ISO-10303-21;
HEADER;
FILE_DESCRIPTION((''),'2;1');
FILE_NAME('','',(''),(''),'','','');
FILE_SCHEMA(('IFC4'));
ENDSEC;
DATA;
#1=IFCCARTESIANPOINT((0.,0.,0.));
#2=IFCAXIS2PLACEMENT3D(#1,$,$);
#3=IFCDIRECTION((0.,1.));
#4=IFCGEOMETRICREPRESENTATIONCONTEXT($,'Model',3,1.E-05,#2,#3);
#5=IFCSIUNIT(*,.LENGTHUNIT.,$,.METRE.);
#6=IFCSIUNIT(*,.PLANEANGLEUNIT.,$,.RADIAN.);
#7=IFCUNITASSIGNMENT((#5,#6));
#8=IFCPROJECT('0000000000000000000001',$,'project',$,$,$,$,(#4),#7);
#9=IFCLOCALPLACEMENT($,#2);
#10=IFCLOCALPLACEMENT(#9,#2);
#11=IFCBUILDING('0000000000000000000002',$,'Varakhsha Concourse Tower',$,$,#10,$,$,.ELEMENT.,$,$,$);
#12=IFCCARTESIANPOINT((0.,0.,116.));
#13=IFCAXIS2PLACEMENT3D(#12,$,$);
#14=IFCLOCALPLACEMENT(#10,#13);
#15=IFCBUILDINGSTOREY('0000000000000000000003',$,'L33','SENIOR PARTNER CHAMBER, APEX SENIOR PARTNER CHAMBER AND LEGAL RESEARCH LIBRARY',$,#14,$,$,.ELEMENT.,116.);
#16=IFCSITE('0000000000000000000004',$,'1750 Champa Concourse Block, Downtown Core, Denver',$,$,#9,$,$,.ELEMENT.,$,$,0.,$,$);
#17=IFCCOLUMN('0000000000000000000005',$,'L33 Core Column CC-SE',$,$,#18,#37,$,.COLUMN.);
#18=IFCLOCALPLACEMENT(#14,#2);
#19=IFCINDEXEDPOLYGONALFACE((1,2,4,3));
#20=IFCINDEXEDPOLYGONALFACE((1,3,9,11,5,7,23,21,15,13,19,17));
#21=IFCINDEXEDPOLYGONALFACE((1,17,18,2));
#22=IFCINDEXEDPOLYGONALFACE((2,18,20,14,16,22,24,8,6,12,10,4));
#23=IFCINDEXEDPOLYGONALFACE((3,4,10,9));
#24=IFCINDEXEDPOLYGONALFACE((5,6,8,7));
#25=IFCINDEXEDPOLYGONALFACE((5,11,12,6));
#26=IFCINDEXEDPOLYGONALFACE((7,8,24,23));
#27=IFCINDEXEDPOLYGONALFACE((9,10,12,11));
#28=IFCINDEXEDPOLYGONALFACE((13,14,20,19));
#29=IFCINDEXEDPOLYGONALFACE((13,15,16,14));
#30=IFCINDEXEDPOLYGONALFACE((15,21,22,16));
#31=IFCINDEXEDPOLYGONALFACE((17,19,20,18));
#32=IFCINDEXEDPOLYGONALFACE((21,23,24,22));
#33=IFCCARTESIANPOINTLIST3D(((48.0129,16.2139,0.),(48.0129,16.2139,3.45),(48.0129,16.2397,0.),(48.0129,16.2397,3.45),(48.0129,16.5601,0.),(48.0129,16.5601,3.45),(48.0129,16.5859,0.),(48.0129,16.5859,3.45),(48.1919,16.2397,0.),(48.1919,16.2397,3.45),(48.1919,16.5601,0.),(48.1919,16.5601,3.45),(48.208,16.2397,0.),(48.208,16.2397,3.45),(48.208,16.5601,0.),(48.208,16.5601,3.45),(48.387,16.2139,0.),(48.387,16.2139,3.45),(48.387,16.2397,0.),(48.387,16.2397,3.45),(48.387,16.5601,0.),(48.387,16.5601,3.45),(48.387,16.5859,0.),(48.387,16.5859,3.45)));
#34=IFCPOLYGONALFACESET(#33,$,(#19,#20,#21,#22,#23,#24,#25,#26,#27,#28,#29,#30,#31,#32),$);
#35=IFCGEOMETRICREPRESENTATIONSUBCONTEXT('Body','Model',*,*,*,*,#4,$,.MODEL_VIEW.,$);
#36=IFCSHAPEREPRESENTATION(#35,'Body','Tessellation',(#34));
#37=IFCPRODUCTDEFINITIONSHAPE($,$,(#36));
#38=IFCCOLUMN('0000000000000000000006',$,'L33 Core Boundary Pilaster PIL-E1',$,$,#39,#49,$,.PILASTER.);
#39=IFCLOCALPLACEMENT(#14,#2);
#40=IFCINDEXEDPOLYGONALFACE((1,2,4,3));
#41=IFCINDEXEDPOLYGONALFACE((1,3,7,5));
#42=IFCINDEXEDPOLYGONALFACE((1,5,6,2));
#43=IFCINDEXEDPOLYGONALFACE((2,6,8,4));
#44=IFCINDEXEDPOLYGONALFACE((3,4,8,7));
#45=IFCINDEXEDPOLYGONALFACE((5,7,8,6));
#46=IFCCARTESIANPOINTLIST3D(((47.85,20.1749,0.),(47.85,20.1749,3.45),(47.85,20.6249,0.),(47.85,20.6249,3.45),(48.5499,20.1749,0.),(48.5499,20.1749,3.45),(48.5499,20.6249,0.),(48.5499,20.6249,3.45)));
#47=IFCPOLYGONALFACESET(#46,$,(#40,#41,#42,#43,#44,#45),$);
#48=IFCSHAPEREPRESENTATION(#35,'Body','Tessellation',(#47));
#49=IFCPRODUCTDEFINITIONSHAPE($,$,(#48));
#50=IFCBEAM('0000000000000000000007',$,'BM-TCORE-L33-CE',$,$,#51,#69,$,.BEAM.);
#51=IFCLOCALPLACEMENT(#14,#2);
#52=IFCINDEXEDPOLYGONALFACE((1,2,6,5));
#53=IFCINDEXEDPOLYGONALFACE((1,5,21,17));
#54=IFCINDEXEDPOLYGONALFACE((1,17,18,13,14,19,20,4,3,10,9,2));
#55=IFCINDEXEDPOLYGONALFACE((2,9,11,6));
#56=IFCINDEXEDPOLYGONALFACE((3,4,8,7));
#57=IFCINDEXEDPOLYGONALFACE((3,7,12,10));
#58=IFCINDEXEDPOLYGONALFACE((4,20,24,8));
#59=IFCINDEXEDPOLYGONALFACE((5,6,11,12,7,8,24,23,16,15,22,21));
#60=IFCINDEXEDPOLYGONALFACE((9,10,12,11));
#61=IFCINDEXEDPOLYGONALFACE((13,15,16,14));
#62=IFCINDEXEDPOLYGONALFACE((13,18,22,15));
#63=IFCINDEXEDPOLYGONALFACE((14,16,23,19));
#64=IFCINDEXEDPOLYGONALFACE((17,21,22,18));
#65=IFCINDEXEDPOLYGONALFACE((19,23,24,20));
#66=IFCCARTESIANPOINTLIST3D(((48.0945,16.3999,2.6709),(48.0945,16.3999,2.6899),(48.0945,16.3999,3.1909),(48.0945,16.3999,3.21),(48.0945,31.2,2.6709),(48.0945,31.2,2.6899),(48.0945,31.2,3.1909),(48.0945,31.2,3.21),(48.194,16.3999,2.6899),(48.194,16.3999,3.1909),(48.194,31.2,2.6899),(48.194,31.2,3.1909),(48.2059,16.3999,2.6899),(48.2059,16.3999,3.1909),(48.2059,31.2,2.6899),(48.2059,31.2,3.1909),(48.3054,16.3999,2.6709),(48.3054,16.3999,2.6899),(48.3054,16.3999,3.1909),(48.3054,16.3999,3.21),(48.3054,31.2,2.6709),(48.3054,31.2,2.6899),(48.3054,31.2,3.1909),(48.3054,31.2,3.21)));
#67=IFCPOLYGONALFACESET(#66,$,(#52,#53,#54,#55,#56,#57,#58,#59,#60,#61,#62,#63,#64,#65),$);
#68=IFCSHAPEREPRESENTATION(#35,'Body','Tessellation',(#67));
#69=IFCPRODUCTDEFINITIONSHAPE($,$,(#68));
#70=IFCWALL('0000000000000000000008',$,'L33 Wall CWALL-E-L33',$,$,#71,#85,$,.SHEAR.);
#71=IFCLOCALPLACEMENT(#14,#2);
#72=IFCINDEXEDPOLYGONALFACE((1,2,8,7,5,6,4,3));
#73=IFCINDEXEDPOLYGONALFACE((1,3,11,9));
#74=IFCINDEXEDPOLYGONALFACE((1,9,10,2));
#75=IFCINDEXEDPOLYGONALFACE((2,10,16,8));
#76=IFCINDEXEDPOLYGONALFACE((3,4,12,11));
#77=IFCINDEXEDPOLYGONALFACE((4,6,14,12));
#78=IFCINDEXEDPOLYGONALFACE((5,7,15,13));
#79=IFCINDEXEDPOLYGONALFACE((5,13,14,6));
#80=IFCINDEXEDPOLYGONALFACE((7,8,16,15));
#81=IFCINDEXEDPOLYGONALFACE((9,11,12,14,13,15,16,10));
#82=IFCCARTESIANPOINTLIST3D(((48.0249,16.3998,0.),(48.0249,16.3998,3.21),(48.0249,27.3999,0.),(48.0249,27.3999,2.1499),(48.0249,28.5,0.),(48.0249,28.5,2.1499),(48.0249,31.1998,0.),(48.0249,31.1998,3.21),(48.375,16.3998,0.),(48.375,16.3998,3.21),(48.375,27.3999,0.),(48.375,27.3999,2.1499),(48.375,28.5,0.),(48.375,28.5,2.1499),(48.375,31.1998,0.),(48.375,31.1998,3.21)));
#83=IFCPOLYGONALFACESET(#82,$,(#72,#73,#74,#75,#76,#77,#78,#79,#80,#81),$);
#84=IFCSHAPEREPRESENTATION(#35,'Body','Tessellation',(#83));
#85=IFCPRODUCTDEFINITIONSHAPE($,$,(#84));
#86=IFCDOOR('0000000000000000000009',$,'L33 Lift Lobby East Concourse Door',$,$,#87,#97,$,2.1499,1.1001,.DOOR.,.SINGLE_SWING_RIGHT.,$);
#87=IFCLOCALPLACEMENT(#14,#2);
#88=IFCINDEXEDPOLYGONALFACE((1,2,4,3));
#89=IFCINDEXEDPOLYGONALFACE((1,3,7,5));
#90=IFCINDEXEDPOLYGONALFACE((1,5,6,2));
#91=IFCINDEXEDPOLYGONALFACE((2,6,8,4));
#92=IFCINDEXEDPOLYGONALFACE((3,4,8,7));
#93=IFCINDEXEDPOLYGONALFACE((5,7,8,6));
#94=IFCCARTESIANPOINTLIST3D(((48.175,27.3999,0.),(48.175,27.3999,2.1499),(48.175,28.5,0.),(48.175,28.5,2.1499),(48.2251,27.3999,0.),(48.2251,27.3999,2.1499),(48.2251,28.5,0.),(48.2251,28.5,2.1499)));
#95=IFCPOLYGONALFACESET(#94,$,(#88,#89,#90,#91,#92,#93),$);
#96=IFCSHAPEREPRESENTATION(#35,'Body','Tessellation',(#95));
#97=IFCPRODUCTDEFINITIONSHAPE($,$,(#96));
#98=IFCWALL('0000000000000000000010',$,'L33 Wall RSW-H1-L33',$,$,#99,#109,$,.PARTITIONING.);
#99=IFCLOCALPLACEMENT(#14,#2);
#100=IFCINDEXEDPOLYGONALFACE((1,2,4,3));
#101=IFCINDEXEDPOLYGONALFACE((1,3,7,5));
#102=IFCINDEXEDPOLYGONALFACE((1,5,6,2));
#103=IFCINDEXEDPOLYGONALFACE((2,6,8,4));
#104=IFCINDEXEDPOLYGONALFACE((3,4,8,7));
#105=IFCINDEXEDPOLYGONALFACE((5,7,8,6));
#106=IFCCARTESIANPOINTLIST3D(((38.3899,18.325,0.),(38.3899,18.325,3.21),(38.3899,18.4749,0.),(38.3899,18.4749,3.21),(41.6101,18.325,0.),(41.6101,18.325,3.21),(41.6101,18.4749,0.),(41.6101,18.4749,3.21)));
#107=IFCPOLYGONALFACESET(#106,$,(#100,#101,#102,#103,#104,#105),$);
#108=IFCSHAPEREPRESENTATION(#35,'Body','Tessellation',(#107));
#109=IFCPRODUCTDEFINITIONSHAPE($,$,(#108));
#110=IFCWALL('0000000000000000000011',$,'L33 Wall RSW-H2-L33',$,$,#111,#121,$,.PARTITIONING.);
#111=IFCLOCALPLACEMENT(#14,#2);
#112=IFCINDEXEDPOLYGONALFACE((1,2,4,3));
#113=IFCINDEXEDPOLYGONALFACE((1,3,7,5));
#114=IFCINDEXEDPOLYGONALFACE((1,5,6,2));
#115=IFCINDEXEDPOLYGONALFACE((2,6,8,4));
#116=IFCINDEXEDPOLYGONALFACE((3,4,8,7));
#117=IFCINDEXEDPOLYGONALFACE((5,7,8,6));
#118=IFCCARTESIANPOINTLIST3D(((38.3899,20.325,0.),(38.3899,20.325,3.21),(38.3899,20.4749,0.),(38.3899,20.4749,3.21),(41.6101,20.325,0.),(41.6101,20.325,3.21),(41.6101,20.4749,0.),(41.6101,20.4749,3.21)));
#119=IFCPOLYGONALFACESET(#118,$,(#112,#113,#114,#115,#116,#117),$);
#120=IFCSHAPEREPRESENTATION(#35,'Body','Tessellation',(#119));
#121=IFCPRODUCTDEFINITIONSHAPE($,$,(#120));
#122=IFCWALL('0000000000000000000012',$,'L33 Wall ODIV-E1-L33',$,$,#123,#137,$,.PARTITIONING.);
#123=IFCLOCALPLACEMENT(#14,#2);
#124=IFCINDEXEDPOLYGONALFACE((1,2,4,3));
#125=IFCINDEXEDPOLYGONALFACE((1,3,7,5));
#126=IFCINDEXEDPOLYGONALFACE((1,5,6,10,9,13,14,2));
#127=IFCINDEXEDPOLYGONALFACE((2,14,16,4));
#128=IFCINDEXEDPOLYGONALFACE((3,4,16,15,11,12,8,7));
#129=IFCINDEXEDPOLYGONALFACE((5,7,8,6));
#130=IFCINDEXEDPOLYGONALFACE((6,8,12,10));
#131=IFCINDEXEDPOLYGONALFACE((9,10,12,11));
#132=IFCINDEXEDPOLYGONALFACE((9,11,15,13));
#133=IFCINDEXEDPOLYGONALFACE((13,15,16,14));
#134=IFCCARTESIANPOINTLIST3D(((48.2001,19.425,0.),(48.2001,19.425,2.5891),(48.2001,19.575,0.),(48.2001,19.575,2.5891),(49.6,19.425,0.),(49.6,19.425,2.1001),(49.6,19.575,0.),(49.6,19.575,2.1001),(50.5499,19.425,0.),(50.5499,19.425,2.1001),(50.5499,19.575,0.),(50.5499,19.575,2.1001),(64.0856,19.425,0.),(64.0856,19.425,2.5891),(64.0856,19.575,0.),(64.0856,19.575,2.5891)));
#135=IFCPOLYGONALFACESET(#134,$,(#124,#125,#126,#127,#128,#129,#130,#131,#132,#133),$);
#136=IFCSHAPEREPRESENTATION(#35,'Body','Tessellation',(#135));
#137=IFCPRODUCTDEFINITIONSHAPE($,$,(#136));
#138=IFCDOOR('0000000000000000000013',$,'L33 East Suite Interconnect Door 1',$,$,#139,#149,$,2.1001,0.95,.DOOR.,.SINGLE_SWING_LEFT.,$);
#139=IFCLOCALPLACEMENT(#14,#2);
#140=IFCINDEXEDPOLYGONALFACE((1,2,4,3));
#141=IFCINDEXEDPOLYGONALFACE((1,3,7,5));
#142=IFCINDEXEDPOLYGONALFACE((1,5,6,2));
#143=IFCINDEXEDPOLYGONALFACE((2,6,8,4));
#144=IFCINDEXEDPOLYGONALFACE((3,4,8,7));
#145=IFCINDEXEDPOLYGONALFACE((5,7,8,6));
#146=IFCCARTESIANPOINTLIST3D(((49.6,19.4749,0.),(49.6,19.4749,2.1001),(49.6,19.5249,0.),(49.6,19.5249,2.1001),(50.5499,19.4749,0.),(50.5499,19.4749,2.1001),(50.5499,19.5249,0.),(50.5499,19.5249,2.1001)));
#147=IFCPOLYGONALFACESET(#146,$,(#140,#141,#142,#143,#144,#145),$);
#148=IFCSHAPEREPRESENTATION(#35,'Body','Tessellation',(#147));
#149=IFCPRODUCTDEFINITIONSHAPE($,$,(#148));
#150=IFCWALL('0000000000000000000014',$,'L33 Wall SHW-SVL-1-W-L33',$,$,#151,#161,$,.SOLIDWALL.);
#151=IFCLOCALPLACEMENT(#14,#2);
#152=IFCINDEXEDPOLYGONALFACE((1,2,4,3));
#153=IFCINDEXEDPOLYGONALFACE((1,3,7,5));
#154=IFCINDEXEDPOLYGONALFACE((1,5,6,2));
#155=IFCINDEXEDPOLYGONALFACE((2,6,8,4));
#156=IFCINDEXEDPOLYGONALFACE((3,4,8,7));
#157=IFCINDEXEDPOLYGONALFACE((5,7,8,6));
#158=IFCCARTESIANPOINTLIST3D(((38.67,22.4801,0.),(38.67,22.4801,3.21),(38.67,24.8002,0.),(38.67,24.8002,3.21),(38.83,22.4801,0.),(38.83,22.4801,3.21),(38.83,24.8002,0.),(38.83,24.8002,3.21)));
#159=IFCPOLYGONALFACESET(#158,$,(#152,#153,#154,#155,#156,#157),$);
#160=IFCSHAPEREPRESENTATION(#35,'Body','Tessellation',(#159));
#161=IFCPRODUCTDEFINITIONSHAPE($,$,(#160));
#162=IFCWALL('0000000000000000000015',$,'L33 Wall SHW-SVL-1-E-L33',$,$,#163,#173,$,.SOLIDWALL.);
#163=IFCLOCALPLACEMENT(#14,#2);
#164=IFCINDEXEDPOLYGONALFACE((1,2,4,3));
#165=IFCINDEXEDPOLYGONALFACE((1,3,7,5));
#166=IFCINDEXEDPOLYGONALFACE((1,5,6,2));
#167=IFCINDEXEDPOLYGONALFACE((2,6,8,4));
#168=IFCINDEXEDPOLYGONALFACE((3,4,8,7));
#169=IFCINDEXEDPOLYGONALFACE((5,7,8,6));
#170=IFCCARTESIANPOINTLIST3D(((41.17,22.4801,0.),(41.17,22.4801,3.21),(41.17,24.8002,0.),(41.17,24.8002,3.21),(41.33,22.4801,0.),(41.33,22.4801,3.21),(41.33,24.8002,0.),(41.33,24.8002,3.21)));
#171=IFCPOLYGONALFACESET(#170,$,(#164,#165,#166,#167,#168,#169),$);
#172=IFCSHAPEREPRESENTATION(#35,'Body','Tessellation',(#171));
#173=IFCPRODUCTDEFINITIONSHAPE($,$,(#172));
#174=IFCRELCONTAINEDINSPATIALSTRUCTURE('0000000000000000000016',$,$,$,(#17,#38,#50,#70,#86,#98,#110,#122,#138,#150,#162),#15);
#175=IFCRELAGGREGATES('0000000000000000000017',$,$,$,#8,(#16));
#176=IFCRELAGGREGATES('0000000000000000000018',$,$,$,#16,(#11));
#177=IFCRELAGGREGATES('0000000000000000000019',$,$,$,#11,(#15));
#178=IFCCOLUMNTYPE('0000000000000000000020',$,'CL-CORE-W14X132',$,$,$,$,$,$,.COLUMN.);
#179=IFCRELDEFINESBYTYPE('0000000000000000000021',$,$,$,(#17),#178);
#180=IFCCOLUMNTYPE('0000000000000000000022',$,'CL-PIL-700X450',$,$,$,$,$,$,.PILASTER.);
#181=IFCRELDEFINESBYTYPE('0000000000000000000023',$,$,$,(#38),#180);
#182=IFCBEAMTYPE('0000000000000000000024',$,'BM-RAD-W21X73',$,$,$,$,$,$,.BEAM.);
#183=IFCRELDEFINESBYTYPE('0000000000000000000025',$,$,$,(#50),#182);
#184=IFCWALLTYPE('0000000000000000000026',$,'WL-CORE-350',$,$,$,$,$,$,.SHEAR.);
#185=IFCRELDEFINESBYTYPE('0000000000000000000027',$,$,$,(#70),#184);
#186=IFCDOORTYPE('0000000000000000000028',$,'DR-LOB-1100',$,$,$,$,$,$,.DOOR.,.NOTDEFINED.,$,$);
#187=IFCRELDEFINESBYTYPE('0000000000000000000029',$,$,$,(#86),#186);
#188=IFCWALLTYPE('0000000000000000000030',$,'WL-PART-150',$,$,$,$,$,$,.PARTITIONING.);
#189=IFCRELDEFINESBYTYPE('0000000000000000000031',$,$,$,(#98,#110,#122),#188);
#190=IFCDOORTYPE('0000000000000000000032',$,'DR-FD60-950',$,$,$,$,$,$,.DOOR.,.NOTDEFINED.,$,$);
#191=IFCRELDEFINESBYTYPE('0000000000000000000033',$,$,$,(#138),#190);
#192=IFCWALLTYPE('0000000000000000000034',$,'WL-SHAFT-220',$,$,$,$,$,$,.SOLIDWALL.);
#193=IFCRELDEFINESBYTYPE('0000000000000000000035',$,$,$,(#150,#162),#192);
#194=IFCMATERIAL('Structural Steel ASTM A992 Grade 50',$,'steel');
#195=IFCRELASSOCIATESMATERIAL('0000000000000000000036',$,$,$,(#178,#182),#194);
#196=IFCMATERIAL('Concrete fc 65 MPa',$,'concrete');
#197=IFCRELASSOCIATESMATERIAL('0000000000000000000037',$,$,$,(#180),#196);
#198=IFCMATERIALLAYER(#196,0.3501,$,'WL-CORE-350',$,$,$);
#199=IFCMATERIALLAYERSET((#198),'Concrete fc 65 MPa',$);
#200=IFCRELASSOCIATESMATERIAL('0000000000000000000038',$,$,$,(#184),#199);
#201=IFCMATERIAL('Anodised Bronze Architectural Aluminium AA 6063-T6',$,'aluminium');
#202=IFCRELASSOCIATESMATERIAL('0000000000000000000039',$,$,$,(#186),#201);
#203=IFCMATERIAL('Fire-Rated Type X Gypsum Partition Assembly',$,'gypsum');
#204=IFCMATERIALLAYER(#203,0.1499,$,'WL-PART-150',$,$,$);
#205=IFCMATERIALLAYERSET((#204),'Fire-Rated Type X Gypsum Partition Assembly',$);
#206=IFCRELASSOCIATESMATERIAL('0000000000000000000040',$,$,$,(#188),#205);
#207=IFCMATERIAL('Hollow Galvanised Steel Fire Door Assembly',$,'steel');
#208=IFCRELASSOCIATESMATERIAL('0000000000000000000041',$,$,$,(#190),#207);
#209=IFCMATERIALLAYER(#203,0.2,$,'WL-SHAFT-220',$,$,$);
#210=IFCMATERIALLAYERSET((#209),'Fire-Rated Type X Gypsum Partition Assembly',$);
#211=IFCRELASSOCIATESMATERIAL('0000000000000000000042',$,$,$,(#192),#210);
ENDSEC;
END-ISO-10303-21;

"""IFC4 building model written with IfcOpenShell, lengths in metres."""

from ifc_helpers import new_model, si_unit, direction, frame, frame_2d, origin, origin_2d, place, context, subcontext, project, spatial, rectangle, i_section, extrude, material, layer, layer_set, material_profile, profile_set, type_object, element, fill, save


model = new_model("IFC4")

# Units and contexts
model_context = context("Model", 3, precision=1e-05, world=origin(), true_north=direction((0.0, 1.0)))
body_context = subcontext(model_context, "Body", "Model", "MODEL_VIEW")
ifc_project = project(units=[si_unit("LENGTHUNIT", "METRE"), si_unit("PLANEANGLEUNIT", "RADIAN")], contexts=[model_context])

# Site, building, storey
site_placement = place(None, origin())
site = spatial("IfcSite", under=ifc_project, at=site_placement, Name="1750 Champa Concourse Block, Downtown Core, Denver", CompositionType="ELEMENT", RefElevation=0.0)
building_placement = place(site_placement, origin())
building = spatial("IfcBuilding", under=site, at=building_placement, Name="Varakhsha Concourse Tower", CompositionType="ELEMENT")
storey_placement = place(building_placement, frame((0.0, 0.0, 116.0)))
storey = spatial("IfcBuildingStorey", under=building, at=storey_placement, Name="L33", Description="SENIOR PARTNER CHAMBER, APEX SENIOR PARTNER CHAMBER AND LEGAL RESEARCH LIBRARY", CompositionType="ELEMENT", Elevation=116.0)

# Columns
ifc_material_1 = material(Name="Structural Steel ASTM A992 Grade 50", Category="steel")
ifc_material_profile_1 = material_profile(ifc_material_1, i_section(OverallWidth=0.374, OverallDepth=0.3721, WebThickness=0.0161, FlangeThickness=0.0259, at=origin_2d()), Name="W14X132")
ifc_profile_set_1 = profile_set([ifc_material_profile_1], Name="Structural Steel ASTM A992 Grade 50")
column_type_1 = type_object("IfcColumnType", Name="CL-CORE-W14X132", PredefinedType="COLUMN", material=ifc_profile_set_1)
column_1_placement = place(storey_placement, frame((48.2, 16.3999, 0.0), z_axis=(0.0, 0.0, 1.0), x_axis=(1.0, 0.0, 0.0)))
element("IfcColumn", 1, at=column_1_placement, inside=storey, type_object=column_type_1, Name="L33 Core Column CC-SE", PredefinedType="COLUMN", context=body_context, shape_type="SweptSolid", body=[
    extrude(i_section(OverallWidth=0.374, OverallDepth=0.3721, WebThickness=0.0161, FlangeThickness=0.0259, at=origin_2d()), origin(), (0.0, 0.0, 1.0), 3.45),
])
ifc_material_2 = material(Name="Concrete fc 65 MPa", Category="concrete")
ifc_material_profile_2 = material_profile(ifc_material_2, rectangle(XDim=0.7, YDim=0.45, at=origin_2d()), Name="RC 700x450")
ifc_profile_set_2 = profile_set([ifc_material_profile_2], Name="Concrete fc 65 MPa")
column_type_2 = type_object("IfcColumnType", Name="CL-PIL-700X450", PredefinedType="PILASTER", material=ifc_profile_set_2)
column_2_placement = place(storey_placement, frame((48.2, 20.3999, 0.0), z_axis=(0.0, 0.0, 1.0), x_axis=(1.0, 0.0, 0.0)))
element("IfcColumn", 2, at=column_2_placement, inside=storey, type_object=column_type_2, Name="L33 Core Boundary Pilaster PIL-E1", PredefinedType="PILASTER", context=body_context, shape_type="SweptSolid", body=[
    extrude(rectangle(XDim=0.7, YDim=0.45, at=origin_2d()), origin(), (0.0, 0.0, 1.0), 3.45),
])

# Beam
ifc_material_profile_3 = material_profile(ifc_material_1, i_section(OverallWidth=0.2109, OverallDepth=0.5391, WebThickness=0.012, FlangeThickness=0.019, at=origin_2d()), Name="W21X73")
ifc_profile_set_3 = profile_set([ifc_material_profile_3], Name="Structural Steel ASTM A992 Grade 50")
beam_type = type_object("IfcBeamType", Name="BM-RAD-W21X73", PredefinedType="BEAM", material=ifc_profile_set_3)
beam_placement = place(storey_placement, frame((48.2, 16.3999, 2.9404), z_axis=(0.0, 1.0, 0.0), x_axis=(-1.0, 0.0, 0.0)))
element("IfcBeam", 3, at=beam_placement, inside=storey, type_object=beam_type, Name="BM-TCORE-L33-CE", PredefinedType="BEAM", context=body_context, shape_type="SweptSolid", body=[
    extrude(i_section(OverallWidth=0.2109, OverallDepth=0.5391, WebThickness=0.012, FlangeThickness=0.019, at=origin_2d()), origin(), (0.0, 0.0, 1.0), 14.8),
])

# Wall, opening, door
ifc_layer_1 = layer(ifc_material_2, 0.3501, Name="WL-CORE-350")
ifc_layer_set_1 = layer_set([ifc_layer_1], Name="Concrete fc 65 MPa")
wall_type_1 = type_object("IfcWallType", Name="WL-CORE-350", PredefinedType="SHEAR", material=ifc_layer_set_1)
wall_1_placement = place(storey_placement, frame((48.2, 16.3999, 0.0), z_axis=(0.0, 0.0, 1.0), x_axis=(0.0, 1.0, 0.0)))
wall_1 = element("IfcWall", 4, at=wall_1_placement, inside=storey, type_object=wall_type_1, Name="L33 Wall CWALL-E-L33", PredefinedType="SHEAR", context=body_context, shape_type="SweptSolid", body=[
    extrude(rectangle(XDim=14.8, YDim=0.3501, at=frame_2d((7.3999, 0.0))), origin(), (0.0, 0.0, 1.0), 3.21),
])
opening_1_placement = place(wall_1_placement, frame((11.0, 0.0, 0.0)))
opening_1 = element("IfcOpeningElement", 5, at=opening_1_placement, cuts=wall_1, PredefinedType="OPENING", context=body_context, shape_type="SweptSolid", body=[
    extrude(rectangle(XDim=1.1001, YDim=2.1499, at=frame_2d((0.55, 1.075))), frame((0.0, 0.1851, 0.0), z_axis=(0.0, -1.0, 0.0), x_axis=(1.0, 0.0, 0.0)), (0.0, 0.0, 1.0), 0.3701),
])
ifc_material_3 = material(Name="Anodised Bronze Architectural Aluminium AA 6063-T6", Category="aluminium")
door_type_1 = type_object("IfcDoorType", Name="DR-LOB-1100", OperationType="NOTDEFINED", PredefinedType="DOOR", material=ifc_material_3)
door_1_placement = place(opening_1_placement, origin())
door_1 = element("IfcDoor", 6, at=door_1_placement, inside=storey, type_object=door_type_1, Name="L33 Lift Lobby East Concourse Door", OperationType="SINGLE_SWING_RIGHT", OverallHeight=2.1499, OverallWidth=1.1001, PredefinedType="DOOR", context=body_context, shape_type="SweptSolid", body=[
    extrude(rectangle(XDim=1.1001, YDim=2.1499, at=frame_2d((0.55, 1.075))), frame((0.0, 0.0249, 0.0), z_axis=(0.0, -1.0, 0.0), x_axis=(1.0, 0.0, 0.0)), (0.0, 0.0, 1.0), 0.05),
])
fill(opening_1, door_1)

# Walls
ifc_material_4 = material(Name="Fire-Rated Type X Gypsum Partition Assembly", Category="gypsum")
ifc_layer_2 = layer(ifc_material_4, 0.1499, Name="WL-PART-150")
ifc_layer_set_2 = layer_set([ifc_layer_2], Name="Fire-Rated Type X Gypsum Partition Assembly")
wall_type_2 = type_object("IfcWallType", Name="WL-PART-150", PredefinedType="PARTITIONING", material=ifc_layer_set_2)
for number, where, z_axis, x_axis, name in (
    (7, (38.3899, 18.3999, 0.0), (0.0, 0.0, 1.0), (1.0, 0.0, 0.0), "L33 Wall RSW-H1-L33"),
    (8, (38.3899, 20.3999, 0.0), (0.0, 0.0, 1.0), (1.0, 0.0, 0.0), "L33 Wall RSW-H2-L33"),
):
    element("IfcWall", number, at=place(storey_placement, frame(where, z_axis=z_axis, x_axis=x_axis)), inside=storey, type_object=wall_type_2, Name=name, PredefinedType="PARTITIONING", context=body_context, shape_type="SweptSolid", body=[
        extrude(rectangle(XDim=3.2202, YDim=0.1499, at=frame_2d((1.6101, 0.0))), origin(), (0.0, 0.0, 1.0), 3.21),
    ])

# Wall, opening, door
wall_2_placement = place(storey_placement, frame((48.2, 19.5, 0.0), z_axis=(0.0, 0.0, 1.0), x_axis=(1.0, 0.0, 0.0)))
wall_2 = element("IfcWall", 9, at=wall_2_placement, inside=storey, type_object=wall_type_2, Name="L33 Wall ODIV-E1-L33", PredefinedType="PARTITIONING", context=body_context, shape_type="SweptSolid", body=[
    extrude(rectangle(XDim=15.8855, YDim=0.1499, at=frame_2d((7.9429, 0.0))), origin(), (0.0, 0.0, 1.0), 2.5891),
])
opening_2_placement = place(wall_2_placement, frame((1.3999, 0.0, 0.0)))
opening_2 = element("IfcOpeningElement", 10, at=opening_2_placement, cuts=wall_2, PredefinedType="OPENING", context=body_context, shape_type="SweptSolid", body=[
    extrude(rectangle(XDim=0.95, YDim=2.1001, at=frame_2d((0.4751, 1.05))), frame((0.0, 0.085, 0.0), z_axis=(0.0, -1.0, 0.0), x_axis=(1.0, 0.0, 0.0)), (0.0, 0.0, 1.0), 0.1699),
])
ifc_material_5 = material(Name="Hollow Galvanised Steel Fire Door Assembly", Category="steel")
door_type_2 = type_object("IfcDoorType", Name="DR-FD60-950", OperationType="NOTDEFINED", PredefinedType="DOOR", material=ifc_material_5)
door_2_placement = place(opening_2_placement, origin())
door_2 = element("IfcDoor", 11, at=door_2_placement, inside=storey, type_object=door_type_2, Name="L33 East Suite Interconnect Door 1", OperationType="SINGLE_SWING_LEFT", OverallHeight=2.1001, OverallWidth=0.95, PredefinedType="DOOR", context=body_context, shape_type="SweptSolid", body=[
    extrude(rectangle(XDim=0.95, YDim=2.1001, at=frame_2d((0.4751, 1.05))), frame((0.0, 0.0249, 0.0), z_axis=(0.0, -1.0, 0.0), x_axis=(1.0, 0.0, 0.0)), (0.0, 0.0, 1.0), 0.05),
])
fill(opening_2, door_2)

# Walls
ifc_layer_3 = layer(ifc_material_4, 0.2, Name="WL-SHAFT-220")
ifc_layer_set_3 = layer_set([ifc_layer_3], Name="Fire-Rated Type X Gypsum Partition Assembly")
wall_type_3 = type_object("IfcWallType", Name="WL-SHAFT-220", PredefinedType="SOLIDWALL", material=ifc_layer_set_3)
for number, where, z_axis, x_axis, name in (
    (12, (38.75, 22.48, 0.0), (0.0, 0.0, 1.0), (0.0, 1.0, 0.0), "L33 Wall SHW-SVL-1-W-L33"),
    (13, (41.25, 22.48, 0.0), (0.0, 0.0, 1.0), (0.0, 1.0, 0.0), "L33 Wall SHW-SVL-1-E-L33"),
):
    element("IfcWall", number, at=place(storey_placement, frame(where, z_axis=z_axis, x_axis=x_axis)), inside=storey, type_object=wall_type_3, Name=name, PredefinedType="SOLIDWALL", context=body_context, shape_type="SweptSolid", body=[
        extrude(rectangle(XDim=2.3201, YDim=0.1599, at=frame_2d((1.1602, 0.0))), origin(), (0.0, 0.0, 1.0), 3.21),
    ])

save(model, "model.ifc")
